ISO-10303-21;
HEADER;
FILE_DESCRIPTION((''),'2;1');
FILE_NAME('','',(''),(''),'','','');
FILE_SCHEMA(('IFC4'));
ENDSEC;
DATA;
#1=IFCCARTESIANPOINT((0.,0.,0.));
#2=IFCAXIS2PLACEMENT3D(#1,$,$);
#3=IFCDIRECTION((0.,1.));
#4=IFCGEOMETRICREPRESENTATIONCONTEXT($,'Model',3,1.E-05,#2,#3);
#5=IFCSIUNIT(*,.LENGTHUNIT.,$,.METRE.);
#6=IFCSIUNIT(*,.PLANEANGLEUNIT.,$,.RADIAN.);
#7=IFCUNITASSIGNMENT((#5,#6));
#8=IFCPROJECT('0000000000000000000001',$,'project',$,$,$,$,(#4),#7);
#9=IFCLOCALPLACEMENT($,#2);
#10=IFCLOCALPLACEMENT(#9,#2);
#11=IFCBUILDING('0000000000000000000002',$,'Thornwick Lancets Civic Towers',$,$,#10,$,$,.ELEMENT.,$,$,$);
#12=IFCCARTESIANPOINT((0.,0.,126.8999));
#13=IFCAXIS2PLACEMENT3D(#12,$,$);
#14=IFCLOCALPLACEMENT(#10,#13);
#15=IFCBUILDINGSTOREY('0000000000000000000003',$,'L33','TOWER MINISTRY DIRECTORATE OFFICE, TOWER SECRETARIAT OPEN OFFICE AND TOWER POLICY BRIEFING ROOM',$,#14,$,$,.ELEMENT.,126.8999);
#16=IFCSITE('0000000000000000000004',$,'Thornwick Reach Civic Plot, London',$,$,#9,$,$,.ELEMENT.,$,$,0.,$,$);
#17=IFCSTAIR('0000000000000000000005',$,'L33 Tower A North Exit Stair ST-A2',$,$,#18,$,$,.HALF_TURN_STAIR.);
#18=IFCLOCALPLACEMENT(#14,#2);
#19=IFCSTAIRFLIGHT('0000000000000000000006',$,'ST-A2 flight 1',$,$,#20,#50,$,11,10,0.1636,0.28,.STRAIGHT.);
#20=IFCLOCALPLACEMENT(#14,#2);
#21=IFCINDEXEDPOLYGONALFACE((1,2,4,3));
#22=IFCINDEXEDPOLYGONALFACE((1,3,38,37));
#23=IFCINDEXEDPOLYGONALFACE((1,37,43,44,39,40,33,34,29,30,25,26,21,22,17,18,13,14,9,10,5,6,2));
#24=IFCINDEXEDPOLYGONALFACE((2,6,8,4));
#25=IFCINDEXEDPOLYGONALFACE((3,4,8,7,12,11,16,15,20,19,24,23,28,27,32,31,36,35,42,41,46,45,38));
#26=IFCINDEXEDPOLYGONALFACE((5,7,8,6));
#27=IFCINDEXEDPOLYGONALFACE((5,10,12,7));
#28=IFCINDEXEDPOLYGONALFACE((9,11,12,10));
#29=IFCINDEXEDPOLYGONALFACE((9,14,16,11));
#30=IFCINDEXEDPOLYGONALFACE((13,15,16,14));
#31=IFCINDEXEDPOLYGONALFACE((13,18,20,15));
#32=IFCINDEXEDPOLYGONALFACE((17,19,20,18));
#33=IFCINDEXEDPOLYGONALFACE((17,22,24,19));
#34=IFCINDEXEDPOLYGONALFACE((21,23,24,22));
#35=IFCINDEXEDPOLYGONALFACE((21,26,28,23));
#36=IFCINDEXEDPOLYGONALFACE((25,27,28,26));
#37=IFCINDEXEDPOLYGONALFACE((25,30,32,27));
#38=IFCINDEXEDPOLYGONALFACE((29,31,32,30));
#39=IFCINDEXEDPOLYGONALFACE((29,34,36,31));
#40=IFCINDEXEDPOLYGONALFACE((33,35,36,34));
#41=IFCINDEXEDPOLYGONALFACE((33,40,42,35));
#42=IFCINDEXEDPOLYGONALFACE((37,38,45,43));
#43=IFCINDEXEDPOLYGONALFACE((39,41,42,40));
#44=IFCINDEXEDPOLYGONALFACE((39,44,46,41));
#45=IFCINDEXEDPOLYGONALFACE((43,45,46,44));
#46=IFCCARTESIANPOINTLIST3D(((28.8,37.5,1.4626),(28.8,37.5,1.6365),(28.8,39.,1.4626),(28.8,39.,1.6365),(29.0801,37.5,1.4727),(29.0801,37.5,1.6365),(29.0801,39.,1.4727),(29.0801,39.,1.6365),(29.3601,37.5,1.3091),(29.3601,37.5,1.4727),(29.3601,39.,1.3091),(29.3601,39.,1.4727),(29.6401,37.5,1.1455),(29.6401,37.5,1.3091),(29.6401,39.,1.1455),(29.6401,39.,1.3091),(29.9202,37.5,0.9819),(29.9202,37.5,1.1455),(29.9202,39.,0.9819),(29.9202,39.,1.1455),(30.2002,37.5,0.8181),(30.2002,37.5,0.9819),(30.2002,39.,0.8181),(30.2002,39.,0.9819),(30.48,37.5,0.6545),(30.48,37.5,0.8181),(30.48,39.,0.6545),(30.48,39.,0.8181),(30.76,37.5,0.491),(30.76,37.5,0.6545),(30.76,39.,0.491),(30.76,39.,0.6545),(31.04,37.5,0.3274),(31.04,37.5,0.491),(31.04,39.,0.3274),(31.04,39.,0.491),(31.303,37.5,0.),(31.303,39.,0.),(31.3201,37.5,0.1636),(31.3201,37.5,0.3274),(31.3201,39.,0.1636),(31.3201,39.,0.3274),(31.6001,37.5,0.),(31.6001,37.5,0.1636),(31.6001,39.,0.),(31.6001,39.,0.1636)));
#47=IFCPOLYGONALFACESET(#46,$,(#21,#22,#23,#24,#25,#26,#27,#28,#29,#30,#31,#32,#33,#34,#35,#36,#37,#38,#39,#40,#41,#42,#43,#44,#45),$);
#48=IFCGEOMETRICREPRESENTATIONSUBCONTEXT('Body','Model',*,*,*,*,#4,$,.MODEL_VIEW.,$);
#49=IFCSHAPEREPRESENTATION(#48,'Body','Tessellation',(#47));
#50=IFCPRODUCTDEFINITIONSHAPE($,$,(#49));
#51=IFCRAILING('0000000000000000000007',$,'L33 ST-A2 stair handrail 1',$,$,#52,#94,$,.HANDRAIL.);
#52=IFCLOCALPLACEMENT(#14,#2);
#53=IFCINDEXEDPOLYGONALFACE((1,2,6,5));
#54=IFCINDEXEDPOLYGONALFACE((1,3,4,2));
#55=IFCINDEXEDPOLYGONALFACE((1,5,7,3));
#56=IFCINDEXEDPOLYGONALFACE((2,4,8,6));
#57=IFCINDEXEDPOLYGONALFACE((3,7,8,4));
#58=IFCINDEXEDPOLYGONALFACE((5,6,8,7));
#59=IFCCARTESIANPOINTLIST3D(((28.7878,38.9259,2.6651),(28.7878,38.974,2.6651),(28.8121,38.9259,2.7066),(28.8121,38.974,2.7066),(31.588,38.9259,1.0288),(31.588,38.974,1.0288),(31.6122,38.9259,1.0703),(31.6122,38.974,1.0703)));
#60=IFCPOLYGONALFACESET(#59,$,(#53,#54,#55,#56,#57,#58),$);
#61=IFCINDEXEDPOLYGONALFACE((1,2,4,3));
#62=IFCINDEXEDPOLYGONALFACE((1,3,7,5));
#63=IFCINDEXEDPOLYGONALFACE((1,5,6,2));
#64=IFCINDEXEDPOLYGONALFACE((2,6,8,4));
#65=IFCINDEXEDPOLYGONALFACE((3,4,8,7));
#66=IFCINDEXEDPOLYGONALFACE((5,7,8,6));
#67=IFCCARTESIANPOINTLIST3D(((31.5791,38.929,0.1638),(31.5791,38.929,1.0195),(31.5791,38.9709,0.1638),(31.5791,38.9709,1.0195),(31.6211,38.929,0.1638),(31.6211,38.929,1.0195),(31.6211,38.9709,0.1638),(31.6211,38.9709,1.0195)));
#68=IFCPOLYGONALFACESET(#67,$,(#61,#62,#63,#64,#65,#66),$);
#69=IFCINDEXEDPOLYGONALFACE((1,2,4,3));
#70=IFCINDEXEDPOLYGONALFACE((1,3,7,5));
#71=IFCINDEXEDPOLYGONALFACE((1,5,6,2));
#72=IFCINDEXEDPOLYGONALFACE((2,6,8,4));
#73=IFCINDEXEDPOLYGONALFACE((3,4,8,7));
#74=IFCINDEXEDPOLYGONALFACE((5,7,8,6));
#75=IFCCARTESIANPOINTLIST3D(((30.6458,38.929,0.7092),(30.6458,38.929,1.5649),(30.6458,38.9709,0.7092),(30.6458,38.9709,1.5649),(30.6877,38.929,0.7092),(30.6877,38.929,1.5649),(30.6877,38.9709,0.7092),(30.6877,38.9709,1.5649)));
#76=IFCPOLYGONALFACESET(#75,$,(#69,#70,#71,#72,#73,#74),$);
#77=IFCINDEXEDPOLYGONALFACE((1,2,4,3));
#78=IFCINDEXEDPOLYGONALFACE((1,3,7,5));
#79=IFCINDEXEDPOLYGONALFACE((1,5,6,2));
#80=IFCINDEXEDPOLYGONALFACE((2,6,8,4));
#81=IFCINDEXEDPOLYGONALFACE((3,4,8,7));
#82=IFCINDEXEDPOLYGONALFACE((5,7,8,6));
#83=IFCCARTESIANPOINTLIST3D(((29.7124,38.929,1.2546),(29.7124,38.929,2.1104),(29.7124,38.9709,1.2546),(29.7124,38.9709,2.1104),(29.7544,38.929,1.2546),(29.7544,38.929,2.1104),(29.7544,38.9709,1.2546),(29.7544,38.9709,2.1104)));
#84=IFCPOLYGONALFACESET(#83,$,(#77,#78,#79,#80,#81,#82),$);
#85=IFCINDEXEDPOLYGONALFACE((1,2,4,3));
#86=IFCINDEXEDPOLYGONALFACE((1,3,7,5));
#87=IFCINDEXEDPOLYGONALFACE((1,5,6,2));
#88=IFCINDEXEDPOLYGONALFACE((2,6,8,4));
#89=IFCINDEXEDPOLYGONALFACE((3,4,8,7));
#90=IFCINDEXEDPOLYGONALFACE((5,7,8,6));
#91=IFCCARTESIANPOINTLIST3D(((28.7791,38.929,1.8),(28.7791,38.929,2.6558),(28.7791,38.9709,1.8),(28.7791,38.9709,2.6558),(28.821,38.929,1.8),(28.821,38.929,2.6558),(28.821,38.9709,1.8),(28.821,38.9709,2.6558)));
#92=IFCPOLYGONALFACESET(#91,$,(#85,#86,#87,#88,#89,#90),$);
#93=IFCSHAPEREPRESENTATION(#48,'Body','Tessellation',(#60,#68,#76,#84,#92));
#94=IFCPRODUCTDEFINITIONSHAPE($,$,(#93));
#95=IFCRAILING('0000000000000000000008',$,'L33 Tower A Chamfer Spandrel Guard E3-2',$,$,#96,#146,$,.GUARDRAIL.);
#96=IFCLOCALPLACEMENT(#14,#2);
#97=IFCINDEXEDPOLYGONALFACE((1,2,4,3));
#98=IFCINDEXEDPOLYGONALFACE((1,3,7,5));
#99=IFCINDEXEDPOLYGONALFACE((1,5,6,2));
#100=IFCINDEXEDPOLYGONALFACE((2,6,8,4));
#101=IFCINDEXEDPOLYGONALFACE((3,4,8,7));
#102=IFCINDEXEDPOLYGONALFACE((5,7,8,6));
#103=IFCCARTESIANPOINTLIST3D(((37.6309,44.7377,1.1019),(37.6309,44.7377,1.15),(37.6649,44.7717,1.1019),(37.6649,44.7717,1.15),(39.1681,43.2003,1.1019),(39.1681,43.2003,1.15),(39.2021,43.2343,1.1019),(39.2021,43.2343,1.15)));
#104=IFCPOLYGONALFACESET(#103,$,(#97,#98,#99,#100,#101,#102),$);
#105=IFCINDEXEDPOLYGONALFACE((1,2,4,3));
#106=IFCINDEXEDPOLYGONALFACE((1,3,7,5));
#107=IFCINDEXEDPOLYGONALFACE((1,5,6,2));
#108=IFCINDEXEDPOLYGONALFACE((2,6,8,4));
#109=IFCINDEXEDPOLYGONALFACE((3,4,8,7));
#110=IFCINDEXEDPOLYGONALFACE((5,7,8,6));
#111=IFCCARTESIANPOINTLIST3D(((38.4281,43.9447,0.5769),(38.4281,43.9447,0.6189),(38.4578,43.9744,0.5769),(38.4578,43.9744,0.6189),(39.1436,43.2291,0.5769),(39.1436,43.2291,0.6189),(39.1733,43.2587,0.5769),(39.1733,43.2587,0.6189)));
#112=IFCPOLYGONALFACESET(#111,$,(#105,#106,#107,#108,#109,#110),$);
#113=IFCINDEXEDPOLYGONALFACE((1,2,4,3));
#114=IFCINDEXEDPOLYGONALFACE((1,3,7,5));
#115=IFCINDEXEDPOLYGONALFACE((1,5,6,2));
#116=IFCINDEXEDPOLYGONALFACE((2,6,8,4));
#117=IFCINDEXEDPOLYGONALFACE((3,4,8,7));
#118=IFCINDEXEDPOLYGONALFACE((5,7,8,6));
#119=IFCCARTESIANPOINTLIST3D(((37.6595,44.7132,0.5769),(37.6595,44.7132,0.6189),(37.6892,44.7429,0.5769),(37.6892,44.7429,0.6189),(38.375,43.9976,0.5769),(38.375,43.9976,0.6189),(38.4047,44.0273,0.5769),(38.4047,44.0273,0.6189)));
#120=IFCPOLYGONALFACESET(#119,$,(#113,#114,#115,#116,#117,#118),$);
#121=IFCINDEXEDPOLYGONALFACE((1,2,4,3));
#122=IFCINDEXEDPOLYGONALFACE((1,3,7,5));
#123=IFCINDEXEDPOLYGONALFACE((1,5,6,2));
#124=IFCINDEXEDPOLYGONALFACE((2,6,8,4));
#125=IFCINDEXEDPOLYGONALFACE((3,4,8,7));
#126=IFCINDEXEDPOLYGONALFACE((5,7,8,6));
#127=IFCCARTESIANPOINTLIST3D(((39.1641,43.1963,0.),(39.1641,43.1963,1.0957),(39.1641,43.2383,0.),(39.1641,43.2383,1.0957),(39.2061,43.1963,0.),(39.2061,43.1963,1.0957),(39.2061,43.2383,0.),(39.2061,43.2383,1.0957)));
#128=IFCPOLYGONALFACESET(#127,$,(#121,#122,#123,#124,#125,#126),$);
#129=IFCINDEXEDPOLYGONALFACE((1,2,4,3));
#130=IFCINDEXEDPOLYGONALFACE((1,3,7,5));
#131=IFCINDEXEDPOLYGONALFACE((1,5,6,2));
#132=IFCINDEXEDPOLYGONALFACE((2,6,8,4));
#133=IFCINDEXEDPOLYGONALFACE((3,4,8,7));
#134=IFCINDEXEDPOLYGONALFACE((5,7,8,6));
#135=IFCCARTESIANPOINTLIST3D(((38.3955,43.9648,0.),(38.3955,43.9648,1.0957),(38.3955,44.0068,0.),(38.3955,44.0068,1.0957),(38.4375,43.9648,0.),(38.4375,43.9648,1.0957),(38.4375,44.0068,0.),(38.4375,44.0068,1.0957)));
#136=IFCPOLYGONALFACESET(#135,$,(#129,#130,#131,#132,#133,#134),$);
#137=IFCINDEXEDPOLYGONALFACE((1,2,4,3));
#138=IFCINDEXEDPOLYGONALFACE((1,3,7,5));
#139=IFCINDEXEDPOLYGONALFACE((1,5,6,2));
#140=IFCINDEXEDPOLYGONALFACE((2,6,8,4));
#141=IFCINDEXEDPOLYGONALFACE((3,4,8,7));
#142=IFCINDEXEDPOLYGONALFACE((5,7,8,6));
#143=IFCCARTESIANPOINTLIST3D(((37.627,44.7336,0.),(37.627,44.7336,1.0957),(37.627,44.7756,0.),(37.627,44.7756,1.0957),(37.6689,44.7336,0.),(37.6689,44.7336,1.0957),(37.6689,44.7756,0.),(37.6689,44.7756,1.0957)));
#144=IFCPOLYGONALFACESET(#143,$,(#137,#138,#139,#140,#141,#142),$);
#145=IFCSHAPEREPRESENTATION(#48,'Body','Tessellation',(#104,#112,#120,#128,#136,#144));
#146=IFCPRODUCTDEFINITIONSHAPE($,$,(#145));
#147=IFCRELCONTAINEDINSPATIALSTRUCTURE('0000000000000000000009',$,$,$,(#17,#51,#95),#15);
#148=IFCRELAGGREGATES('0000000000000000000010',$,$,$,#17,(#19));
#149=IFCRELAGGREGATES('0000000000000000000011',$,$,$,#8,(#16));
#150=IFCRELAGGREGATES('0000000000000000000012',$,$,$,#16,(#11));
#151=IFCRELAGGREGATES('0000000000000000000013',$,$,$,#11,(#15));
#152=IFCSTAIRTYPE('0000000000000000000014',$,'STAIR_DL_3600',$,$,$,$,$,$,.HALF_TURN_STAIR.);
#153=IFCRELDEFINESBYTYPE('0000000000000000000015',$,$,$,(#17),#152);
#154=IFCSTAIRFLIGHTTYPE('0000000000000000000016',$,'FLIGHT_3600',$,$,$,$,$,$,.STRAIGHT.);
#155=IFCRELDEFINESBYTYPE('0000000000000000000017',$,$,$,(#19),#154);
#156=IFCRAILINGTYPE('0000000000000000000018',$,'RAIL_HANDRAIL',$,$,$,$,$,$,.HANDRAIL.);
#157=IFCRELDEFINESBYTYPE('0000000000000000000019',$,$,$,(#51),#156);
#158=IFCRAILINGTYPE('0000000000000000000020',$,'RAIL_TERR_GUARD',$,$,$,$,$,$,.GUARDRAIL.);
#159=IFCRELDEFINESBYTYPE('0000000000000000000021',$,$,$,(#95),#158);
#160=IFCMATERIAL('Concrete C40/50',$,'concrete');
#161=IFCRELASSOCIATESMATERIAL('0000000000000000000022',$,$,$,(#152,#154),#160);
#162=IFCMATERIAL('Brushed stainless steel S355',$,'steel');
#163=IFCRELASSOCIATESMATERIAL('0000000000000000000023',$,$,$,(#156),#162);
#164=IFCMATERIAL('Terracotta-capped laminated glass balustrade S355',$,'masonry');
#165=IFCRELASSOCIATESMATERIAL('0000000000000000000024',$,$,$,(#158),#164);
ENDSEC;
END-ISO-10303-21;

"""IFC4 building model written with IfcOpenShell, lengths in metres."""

from ifc_helpers import new_model, si_unit, direction, frame, origin, origin_2d, place, context, subcontext, project, spatial, polyline, rectangle, outline, extrude, material, type_object, element, aggregate, save


model = new_model("IFC4")

# Units and contexts
model_context = context("Model", 3, precision=1e-05, world=origin(), true_north=direction((0.0, 1.0)))
body_context = subcontext(model_context, "Body", "Model", "MODEL_VIEW")
ifc_project = project(units=[si_unit("LENGTHUNIT", "METRE"), si_unit("PLANEANGLEUNIT", "RADIAN")], contexts=[model_context])

# Site, building, storey
site_placement = place(None, origin())
site = spatial("IfcSite", under=ifc_project, at=site_placement, Name="Thornwick Reach Civic Plot, London", CompositionType="ELEMENT", RefElevation=0.0)
building_placement = place(site_placement, origin())
building = spatial("IfcBuilding", under=site, at=building_placement, Name="Thornwick Lancets Civic Towers", CompositionType="ELEMENT")
storey_placement = place(building_placement, frame((0.0, 0.0, 126.8999)))
storey = spatial("IfcBuildingStorey", under=building, at=storey_placement, Name="L33", Description="TOWER MINISTRY DIRECTORATE OFFICE, TOWER SECRETARIAT OPEN OFFICE AND TOWER POLICY BRIEFING ROOM", CompositionType="ELEMENT", Elevation=126.8999)

# Shared definitions
ifc_material_1 = material(Name="Concrete C40/50", Category="concrete")

# Stair, stair flight
stair_type = type_object("IfcStairType", Name="STAIR_DL_3600", PredefinedType="HALF_TURN_STAIR", material=ifc_material_1)
stair_placement = place(storey_placement, origin())
stair = element("IfcStair", 1, at=stair_placement, inside=storey, type_object=stair_type, Name="L33 Tower A North Exit Stair ST-A2", PredefinedType="HALF_TURN_STAIR")
stair_flight_type = type_object("IfcStairFlightType", Name="FLIGHT_3600", PredefinedType="STRAIGHT", material=ifc_material_1)
stair_flight_placement = place(storey_placement, frame((31.6001, 38.25, 0.0), z_axis=(0.0, 0.0, 1.0), x_axis=(-1.0, 0.0, 0.0)))
stair_flight = element("IfcStairFlight", 2, at=stair_flight_placement, type_object=stair_flight_type, Name="ST-A2 flight 1", NumberOfRisers=11, NumberOfTreads=10, PredefinedType="STRAIGHT", RiserHeight=0.1636, TreadLength=0.28, context=body_context, shape_type="SweptSolid", body=[
    extrude(outline(polyline([(0.0, 0.0), (0.0, 0.1636), (0.28, 0.1636), (0.28, 0.3274), (0.5601, 0.3274), (0.5601, 0.491), (0.8401, 0.491), (0.8401, 0.6545), (1.1201, 0.6545), (1.1201, 0.8181), (1.3999, 0.8181), (1.3999, 0.9819), (1.6799, 0.9819), (1.6799, 1.1455), (1.96, 1.1455), (1.96, 1.3091), (2.24, 1.3091), (2.24, 1.4727), (2.52, 1.4727), (2.52, 1.6365), (2.8, 1.6365), (2.8, 1.8), (2.8, 1.4626), (0.2971, 0.0), (0.0, 0.0)])), frame((0.0, 0.75, 0.0), z_axis=(0.0, -1.0, 0.0), x_axis=(1.0, 0.0, 0.0)), (0.0, 0.0, 1.0), 1.5),
])
aggregate(stair, [stair_flight])

# Railings
ifc_material_2 = material(Name="Brushed stainless steel S355", Category="steel")
railing_type_1 = type_object("IfcRailingType", Name="RAIL_HANDRAIL", PredefinedType="HANDRAIL", material=ifc_material_2)
railing_1_placement = place(storey_placement, frame((31.6001, 38.95, 0.1638)))
element("IfcRailing", 3, at=railing_1_placement, inside=storey, type_object=railing_type_1, Name="L33 ST-A2 stair handrail 1", PredefinedType="HANDRAIL", context=body_context, shape_type="SweptSolid", body=[
    extrude(rectangle(XDim=0.0481, YDim=0.0481, at=origin_2d()), frame((0.0, 0.0, 0.8857), z_axis=(-0.863394, 0.0, 0.504531), x_axis=(0.0, -1.0, 0.0)), (0.0, 0.0, 1.0), 3.2432),
    extrude(rectangle(XDim=0.042, YDim=0.042, at=origin_2d()), origin(), (0.0, 0.0, 1.0), 0.8557),
    extrude(rectangle(XDim=0.042, YDim=0.042, at=origin_2d()), frame((-0.9333, 0.0, 0.5454)), (0.0, 0.0, 1.0), 0.8557),
    extrude(rectangle(XDim=0.042, YDim=0.042, at=origin_2d()), frame((-1.8667, 0.0, 1.0908)), (0.0, 0.0, 1.0), 0.8557),
    extrude(rectangle(XDim=0.042, YDim=0.042, at=origin_2d()), frame((-2.8, 0.0, 1.6362)), (0.0, 0.0, 1.0), 0.8557),
])
ifc_material_3 = material(Name="Terracotta-capped laminated glass balustrade S355", Category="masonry")
railing_type_2 = type_object("IfcRailingType", Name="RAIL_TERR_GUARD", PredefinedType="GUARDRAIL", material=ifc_material_3)
railing_2_placement = place(storey_placement, frame((39.1851, 43.2173, 0.0)))
element("IfcRailing", 4, at=railing_2_placement, inside=storey, type_object=railing_type_2, Name="L33 Tower A Chamfer Spandrel Guard E3-2", PredefinedType="GUARDRAIL", context=body_context, shape_type="SweptSolid", body=[
    extrude(rectangle(XDim=0.0481, YDim=0.0481, at=origin_2d()), frame((0.0, 0.0, 1.126), z_axis=(-0.707051, 0.707163, 0.0), x_axis=(-0.707163, -0.707051, 0.0)), (0.0, 0.0, 1.0), 2.1741),
    extrude(rectangle(XDim=0.042, YDim=0.042, at=origin_2d()), frame((-0.0266, 0.0266, 0.5979), z_axis=(-0.707051, 0.707163, 0.0), x_axis=(-0.707163, -0.707051, 0.0)), (0.0, 0.0, 1.0), 1.012),
    extrude(rectangle(XDim=0.042, YDim=0.042, at=origin_2d()), frame((-0.7952, 0.7952, 0.5979), z_axis=(-0.707051, 0.707163, 0.0), x_axis=(-0.707163, -0.707051, 0.0)), (0.0, 0.0, 1.0), 1.012),
    extrude(rectangle(XDim=0.042, YDim=0.042, at=origin_2d()), origin(), (0.0, 0.0, 1.0), 1.0957),
    extrude(rectangle(XDim=0.042, YDim=0.042, at=origin_2d()), frame((-0.7686, 0.7686, 0.0)), (0.0, 0.0, 1.0), 1.0957),
    extrude(rectangle(XDim=0.042, YDim=0.042, at=origin_2d()), frame((-1.5371, 1.5374, 0.0)), (0.0, 0.0, 1.0), 1.0957),
])

save(model, "model.ifc")
